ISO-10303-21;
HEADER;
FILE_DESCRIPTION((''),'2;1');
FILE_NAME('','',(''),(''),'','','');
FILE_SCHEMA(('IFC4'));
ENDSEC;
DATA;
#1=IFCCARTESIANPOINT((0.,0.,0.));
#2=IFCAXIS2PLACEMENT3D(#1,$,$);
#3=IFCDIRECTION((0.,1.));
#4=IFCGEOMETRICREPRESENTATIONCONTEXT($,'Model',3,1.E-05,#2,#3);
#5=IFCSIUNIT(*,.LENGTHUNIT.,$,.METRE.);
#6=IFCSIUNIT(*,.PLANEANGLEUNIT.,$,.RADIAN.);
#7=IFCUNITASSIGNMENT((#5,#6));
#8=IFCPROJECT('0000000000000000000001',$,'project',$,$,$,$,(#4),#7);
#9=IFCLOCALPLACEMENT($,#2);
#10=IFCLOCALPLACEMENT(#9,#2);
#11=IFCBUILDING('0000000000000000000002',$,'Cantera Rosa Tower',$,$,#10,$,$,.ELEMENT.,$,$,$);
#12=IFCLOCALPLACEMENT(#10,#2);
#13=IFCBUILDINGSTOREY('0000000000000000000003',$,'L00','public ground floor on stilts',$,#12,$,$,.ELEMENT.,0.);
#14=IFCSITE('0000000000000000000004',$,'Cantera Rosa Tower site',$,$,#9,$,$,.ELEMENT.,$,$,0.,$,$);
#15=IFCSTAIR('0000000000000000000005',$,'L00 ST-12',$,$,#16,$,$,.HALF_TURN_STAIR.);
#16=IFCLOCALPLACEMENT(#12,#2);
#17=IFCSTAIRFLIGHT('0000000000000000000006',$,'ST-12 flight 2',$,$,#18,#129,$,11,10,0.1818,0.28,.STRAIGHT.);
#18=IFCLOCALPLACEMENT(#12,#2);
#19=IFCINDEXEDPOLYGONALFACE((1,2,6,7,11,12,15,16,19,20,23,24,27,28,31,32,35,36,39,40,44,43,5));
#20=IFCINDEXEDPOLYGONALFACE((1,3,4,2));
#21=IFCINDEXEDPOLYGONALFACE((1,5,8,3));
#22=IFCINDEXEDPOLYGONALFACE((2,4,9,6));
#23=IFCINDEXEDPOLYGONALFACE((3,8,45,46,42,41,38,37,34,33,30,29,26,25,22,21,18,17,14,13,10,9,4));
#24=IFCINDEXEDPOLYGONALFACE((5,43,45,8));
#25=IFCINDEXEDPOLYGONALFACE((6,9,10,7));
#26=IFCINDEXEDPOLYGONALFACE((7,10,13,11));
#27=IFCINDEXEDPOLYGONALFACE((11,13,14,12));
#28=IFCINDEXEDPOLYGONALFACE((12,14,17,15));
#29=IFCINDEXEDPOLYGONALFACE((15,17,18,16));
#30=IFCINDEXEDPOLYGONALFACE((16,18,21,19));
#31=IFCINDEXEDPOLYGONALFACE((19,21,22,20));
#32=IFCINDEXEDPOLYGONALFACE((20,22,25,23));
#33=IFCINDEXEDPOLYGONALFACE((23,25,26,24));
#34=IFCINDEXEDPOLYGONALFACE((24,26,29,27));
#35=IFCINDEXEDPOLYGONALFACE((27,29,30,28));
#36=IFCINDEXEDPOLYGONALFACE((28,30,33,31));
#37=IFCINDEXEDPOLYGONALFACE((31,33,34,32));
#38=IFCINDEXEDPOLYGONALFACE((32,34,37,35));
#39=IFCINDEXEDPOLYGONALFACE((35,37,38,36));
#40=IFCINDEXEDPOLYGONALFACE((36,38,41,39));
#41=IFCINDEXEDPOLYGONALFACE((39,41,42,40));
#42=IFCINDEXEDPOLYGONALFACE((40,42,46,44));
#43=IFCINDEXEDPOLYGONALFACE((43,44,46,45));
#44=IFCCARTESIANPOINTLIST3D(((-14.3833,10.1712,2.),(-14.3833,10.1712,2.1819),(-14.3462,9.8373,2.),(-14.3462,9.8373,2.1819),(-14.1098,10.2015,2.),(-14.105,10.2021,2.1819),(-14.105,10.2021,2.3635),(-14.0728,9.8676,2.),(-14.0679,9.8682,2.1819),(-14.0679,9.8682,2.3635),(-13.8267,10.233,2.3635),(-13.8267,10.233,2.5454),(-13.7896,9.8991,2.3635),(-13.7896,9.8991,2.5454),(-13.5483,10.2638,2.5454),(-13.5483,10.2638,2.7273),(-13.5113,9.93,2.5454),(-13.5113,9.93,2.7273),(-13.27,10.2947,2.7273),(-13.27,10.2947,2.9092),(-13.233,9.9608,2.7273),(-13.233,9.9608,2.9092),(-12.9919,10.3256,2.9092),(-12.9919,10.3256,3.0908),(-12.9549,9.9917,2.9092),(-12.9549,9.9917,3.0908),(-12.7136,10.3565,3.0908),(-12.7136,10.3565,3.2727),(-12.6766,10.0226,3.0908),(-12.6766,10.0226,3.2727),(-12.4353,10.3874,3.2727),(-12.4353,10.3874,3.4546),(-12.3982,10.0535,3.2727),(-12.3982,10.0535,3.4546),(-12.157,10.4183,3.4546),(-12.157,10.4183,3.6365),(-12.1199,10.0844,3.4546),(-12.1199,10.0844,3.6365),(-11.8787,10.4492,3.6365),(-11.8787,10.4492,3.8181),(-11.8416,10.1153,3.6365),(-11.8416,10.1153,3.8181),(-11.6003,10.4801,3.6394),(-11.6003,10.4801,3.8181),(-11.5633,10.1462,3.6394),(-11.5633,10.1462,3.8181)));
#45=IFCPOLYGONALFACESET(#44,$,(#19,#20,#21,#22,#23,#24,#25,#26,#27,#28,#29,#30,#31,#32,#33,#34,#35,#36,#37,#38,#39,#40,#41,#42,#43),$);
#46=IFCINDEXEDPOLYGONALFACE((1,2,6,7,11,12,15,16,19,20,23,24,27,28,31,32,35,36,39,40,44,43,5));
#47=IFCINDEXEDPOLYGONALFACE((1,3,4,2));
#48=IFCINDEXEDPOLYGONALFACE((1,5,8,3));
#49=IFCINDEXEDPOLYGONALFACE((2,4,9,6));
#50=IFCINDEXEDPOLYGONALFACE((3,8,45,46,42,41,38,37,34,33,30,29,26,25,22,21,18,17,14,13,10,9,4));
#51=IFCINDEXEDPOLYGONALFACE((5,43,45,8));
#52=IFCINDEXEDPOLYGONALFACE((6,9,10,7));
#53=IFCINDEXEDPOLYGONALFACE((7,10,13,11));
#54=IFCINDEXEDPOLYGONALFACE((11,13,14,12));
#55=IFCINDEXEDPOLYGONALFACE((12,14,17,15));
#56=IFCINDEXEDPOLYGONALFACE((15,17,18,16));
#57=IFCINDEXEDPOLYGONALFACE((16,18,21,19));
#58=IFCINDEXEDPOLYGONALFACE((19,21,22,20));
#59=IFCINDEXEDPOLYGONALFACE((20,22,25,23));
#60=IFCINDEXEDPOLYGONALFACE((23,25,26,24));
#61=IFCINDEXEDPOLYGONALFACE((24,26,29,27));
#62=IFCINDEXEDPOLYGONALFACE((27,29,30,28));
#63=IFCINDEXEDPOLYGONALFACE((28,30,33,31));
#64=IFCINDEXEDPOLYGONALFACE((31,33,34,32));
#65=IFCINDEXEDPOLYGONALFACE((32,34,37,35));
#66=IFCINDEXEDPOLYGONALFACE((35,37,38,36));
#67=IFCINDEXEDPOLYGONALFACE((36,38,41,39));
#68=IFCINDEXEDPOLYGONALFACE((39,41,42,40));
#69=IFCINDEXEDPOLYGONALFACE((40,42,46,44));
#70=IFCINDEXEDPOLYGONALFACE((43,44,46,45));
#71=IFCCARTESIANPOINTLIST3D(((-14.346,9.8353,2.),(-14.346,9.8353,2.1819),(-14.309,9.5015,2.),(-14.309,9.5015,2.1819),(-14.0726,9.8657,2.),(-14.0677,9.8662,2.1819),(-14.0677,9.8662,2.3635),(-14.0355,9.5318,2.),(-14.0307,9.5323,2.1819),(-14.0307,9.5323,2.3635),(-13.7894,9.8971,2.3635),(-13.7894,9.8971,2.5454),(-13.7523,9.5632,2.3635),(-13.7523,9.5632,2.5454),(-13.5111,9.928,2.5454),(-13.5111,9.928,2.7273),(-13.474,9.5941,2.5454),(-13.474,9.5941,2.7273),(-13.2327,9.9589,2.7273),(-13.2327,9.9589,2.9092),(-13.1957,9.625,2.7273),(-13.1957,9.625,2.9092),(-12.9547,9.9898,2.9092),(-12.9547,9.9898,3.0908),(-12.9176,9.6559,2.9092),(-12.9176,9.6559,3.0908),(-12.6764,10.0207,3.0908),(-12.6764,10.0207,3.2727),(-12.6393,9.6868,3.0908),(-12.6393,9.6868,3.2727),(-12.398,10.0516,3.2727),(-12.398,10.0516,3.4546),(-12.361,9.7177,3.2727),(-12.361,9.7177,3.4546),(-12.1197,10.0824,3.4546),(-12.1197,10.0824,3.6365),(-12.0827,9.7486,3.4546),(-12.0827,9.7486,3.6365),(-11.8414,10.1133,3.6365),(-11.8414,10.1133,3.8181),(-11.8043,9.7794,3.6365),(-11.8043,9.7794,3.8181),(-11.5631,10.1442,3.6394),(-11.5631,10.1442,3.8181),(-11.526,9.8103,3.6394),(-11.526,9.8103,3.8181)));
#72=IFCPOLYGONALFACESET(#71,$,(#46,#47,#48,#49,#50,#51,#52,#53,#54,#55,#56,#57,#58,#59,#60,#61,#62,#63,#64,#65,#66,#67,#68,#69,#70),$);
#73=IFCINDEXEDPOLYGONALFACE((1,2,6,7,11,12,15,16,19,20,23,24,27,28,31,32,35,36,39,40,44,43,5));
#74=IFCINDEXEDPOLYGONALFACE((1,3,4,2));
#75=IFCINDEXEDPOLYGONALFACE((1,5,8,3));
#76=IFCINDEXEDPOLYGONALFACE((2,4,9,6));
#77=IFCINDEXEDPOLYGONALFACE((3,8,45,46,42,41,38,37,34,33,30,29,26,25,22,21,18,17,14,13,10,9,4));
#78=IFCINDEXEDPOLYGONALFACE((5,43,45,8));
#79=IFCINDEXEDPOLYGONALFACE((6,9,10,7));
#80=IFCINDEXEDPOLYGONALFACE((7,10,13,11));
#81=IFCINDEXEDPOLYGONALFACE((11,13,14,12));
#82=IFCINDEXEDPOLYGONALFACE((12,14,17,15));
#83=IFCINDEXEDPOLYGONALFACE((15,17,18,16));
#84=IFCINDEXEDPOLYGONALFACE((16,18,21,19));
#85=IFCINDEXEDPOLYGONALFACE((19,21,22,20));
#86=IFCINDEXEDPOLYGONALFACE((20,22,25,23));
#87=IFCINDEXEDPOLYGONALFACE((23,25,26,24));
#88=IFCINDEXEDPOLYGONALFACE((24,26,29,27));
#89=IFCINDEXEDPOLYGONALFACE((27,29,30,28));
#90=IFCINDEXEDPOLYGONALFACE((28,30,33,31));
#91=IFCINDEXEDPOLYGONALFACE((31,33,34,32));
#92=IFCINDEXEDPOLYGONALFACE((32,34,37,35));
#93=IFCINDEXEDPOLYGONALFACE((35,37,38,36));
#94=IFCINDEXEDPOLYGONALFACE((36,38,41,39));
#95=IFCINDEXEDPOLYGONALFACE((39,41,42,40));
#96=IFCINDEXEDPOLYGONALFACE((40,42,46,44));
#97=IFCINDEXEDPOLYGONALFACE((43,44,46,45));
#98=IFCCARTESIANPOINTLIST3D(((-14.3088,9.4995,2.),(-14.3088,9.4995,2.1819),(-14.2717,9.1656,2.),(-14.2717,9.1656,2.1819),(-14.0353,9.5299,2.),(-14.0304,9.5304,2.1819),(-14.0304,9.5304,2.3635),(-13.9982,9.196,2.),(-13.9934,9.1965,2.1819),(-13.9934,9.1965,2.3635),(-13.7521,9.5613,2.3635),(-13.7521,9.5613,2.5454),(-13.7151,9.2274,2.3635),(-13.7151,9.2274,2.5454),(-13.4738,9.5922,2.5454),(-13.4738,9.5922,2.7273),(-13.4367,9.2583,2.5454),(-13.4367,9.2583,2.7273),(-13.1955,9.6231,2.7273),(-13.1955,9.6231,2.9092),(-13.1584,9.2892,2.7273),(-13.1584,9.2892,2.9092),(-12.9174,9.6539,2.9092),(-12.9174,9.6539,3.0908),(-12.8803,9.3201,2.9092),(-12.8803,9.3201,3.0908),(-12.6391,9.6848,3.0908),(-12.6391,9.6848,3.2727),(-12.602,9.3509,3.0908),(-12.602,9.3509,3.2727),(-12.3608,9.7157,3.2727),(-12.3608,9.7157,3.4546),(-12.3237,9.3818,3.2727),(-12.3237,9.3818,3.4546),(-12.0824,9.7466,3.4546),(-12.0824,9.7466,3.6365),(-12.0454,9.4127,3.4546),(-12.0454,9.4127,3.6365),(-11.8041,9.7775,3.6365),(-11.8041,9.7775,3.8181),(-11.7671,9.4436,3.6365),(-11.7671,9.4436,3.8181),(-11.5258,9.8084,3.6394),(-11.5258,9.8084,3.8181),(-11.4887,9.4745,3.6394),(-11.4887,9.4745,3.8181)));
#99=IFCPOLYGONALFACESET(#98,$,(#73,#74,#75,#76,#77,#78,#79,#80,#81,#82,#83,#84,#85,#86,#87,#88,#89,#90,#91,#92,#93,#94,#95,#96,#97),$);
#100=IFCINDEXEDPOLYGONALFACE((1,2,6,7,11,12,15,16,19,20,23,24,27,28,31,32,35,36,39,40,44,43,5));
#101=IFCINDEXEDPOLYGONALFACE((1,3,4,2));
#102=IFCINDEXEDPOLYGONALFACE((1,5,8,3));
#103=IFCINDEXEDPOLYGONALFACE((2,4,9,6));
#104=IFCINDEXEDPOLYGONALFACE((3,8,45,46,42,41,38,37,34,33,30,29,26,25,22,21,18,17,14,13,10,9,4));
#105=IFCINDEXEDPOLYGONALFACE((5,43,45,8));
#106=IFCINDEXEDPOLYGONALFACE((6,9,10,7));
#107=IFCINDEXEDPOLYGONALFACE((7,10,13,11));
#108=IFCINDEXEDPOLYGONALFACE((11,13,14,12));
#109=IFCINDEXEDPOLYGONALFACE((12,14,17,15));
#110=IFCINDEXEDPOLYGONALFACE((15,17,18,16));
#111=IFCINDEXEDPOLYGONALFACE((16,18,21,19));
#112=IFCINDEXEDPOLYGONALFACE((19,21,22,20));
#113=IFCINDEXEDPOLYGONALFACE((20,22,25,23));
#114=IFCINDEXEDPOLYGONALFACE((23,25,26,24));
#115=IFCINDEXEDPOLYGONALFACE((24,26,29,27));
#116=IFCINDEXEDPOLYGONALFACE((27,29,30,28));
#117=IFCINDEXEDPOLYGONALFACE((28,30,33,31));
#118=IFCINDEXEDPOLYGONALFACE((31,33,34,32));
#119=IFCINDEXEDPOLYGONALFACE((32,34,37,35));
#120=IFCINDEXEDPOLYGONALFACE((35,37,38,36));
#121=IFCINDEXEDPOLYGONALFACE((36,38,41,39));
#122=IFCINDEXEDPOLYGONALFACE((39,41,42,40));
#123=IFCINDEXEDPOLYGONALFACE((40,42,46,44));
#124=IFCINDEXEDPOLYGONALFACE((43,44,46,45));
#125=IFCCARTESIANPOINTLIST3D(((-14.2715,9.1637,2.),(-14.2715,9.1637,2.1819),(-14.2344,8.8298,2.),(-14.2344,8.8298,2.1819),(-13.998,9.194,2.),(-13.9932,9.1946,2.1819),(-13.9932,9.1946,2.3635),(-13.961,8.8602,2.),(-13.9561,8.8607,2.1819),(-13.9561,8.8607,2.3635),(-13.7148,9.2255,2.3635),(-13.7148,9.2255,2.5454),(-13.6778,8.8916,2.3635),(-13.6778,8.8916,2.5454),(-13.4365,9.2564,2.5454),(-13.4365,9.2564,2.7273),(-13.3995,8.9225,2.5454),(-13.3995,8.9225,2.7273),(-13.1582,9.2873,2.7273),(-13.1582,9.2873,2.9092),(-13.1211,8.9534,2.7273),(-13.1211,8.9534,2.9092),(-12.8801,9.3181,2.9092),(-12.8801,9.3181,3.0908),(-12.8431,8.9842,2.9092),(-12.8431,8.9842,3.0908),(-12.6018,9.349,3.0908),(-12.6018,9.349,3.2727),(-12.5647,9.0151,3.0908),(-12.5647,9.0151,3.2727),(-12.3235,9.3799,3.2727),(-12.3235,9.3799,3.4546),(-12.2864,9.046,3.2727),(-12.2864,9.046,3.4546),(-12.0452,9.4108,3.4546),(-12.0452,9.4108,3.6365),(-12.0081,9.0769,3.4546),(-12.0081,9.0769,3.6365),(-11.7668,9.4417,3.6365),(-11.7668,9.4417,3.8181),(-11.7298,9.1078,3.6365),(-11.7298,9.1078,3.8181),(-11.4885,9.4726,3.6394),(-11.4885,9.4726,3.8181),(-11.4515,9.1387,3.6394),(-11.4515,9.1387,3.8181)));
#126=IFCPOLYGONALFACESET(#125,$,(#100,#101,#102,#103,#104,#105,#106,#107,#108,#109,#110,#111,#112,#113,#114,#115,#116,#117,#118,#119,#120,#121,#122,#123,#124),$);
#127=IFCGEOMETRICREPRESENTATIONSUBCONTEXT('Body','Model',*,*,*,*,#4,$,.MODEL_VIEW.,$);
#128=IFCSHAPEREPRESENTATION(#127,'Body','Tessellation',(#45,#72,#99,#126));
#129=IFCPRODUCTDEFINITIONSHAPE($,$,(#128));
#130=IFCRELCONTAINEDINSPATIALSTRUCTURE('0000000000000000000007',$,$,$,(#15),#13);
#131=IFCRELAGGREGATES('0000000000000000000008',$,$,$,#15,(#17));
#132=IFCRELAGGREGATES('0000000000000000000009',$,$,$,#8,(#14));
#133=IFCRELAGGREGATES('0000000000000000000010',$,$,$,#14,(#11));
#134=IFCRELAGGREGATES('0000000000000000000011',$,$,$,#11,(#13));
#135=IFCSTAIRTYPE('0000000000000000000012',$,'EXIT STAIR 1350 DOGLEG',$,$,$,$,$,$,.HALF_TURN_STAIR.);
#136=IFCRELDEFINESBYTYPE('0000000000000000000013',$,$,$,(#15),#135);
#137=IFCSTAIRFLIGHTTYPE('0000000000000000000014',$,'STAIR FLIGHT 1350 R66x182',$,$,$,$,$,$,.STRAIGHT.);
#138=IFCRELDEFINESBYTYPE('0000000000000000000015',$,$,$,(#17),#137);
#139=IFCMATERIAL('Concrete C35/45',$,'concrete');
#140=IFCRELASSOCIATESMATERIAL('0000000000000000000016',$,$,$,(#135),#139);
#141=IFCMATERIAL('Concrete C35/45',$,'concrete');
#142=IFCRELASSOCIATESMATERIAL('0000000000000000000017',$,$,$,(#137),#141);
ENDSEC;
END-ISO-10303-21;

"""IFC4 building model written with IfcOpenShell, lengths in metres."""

from ifc_helpers import new_model, si_unit, direction, frame, origin, place, context, subcontext, project, spatial, polyline, outline, extrude, material, type_object, element, aggregate, save


model = new_model("IFC4")

# Units and contexts
model_context = context("Model", 3, precision=1e-05, world=origin(), true_north=direction((0.0, 1.0)))
body_context = subcontext(model_context, "Body", "Model", "MODEL_VIEW")
ifc_project = project(units=[si_unit("LENGTHUNIT", "METRE"), si_unit("PLANEANGLEUNIT", "RADIAN")], contexts=[model_context])

# Site, building, storey
site_placement = place(None, origin())
site = spatial("IfcSite", under=ifc_project, at=site_placement, Name="Cantera Rosa Tower site", CompositionType="ELEMENT", RefElevation=0.0)
building_placement = place(site_placement, origin())
building = spatial("IfcBuilding", under=site, at=building_placement, Name="Cantera Rosa Tower", CompositionType="ELEMENT")
storey_placement = place(building_placement, origin())
storey = spatial("IfcBuildingStorey", under=building, at=storey_placement, Name="L00", Description="public ground floor on stilts", CompositionType="ELEMENT", Elevation=0.0)

# Stair, stair flight
ifc_material_1 = material(Name="Concrete C35/45", Category="concrete")
stair_type = type_object("IfcStairType", Name="EXIT STAIR 1350 DOGLEG", PredefinedType="HALF_TURN_STAIR", material=ifc_material_1)
stair_placement = place(storey_placement, origin())
stair = element("IfcStair", 1, at=stair_placement, inside=storey, type_object=stair_type, Name="L00 ST-12", PredefinedType="HALF_TURN_STAIR")
ifc_material_2 = material(Name="Concrete C35/45", Category="concrete")
stair_flight_type = type_object("IfcStairFlightType", Name="STAIR FLIGHT 1350 R66x182", PredefinedType="STRAIGHT", material=ifc_material_2)
stair_flight_1_placement = place(storey_placement, frame((-14.3088, 9.5002, 2.0), z_axis=(0.0, 0.0, 1.0), x_axis=(0.993897, 0.110313, 0.0)))
stair_flight_1 = element("IfcStairFlight", 2, at=stair_flight_1_placement, type_object=stair_flight_type, Name="ST-12 flight 2", NumberOfRisers=11, NumberOfTreads=10, PredefinedType="STRAIGHT", RiserHeight=0.1818, TreadLength=0.28, context=body_context, shape_type="SweptSolid", body=[
    extrude(outline(polyline([(0.0, 0.0), (0.0, 0.1819), (0.28, 0.1819), (0.28, 0.3635), (0.5601, 0.3635), (0.5601, 0.5454), (0.8401, 0.5454), (0.8401, 0.7273), (1.1201, 0.7273), (1.1201, 0.9092), (1.3999, 0.9092), (1.3999, 1.0908), (1.6799, 1.0908), (1.6799, 1.2727), (1.96, 1.2727), (1.96, 1.4546), (2.24, 1.4546), (2.24, 1.6365), (2.52, 1.6365), (2.52, 1.8181), (2.8, 1.8181), (2.8, 2.0), (2.8, 1.6394), (0.2751, 0.0), (0.0, 0.0)])), frame((0.0, 0.675, 0.0), z_axis=(0.0, -1.0, 0.0), x_axis=(1.0, 0.0, 0.0)), (0.0, 0.0, 1.0), 0.3359),
    extrude(outline(polyline([(0.0, 0.0), (0.0, 0.1819), (0.28, 0.1819), (0.28, 0.3635), (0.5601, 0.3635), (0.5601, 0.5454), (0.8401, 0.5454), (0.8401, 0.7273), (1.1201, 0.7273), (1.1201, 0.9092), (1.3999, 0.9092), (1.3999, 1.0908), (1.6799, 1.0908), (1.6799, 1.2727), (1.96, 1.2727), (1.96, 1.4546), (2.24, 1.4546), (2.24, 1.6365), (2.52, 1.6365), (2.52, 1.8181), (2.8, 1.8181), (2.8, 2.0), (2.8, 1.6394), (0.2751, 0.0), (0.0, 0.0)])), frame((0.0, 0.3372, 0.0), z_axis=(0.0, -1.0, 0.0), x_axis=(1.0, 0.0, 0.0)), (0.0, 0.0, 1.0), 0.3359),
    extrude(outline(polyline([(0.0, 0.0), (0.0, 0.1819), (0.28, 0.1819), (0.28, 0.3635), (0.5601, 0.3635), (0.5601, 0.5454), (0.8401, 0.5454), (0.8401, 0.7273), (1.1201, 0.7273), (1.1201, 0.9092), (1.3999, 0.9092), (1.3999, 1.0908), (1.6799, 1.0908), (1.6799, 1.2727), (1.96, 1.2727), (1.96, 1.4546), (2.24, 1.4546), (2.24, 1.6365), (2.52, 1.6365), (2.52, 1.8181), (2.8, 1.8181), (2.8, 2.0), (2.8, 1.6394), (0.2751, 0.0), (0.0, 0.0)])), frame((0.0, -0.0007, 0.0), z_axis=(0.0, -1.0, 0.0), x_axis=(1.0, 0.0, 0.0)), (0.0, 0.0, 1.0), 0.3359),
    extrude(outline(polyline([(0.0, 0.0), (0.0, 0.1819), (0.28, 0.1819), (0.28, 0.3635), (0.5601, 0.3635), (0.5601, 0.5454), (0.8401, 0.5454), (0.8401, 0.7273), (1.1201, 0.7273), (1.1201, 0.9092), (1.3999, 0.9092), (1.3999, 1.0908), (1.6799, 1.0908), (1.6799, 1.2727), (1.96, 1.2727), (1.96, 1.4546), (2.24, 1.4546), (2.24, 1.6365), (2.52, 1.6365), (2.52, 1.8181), (2.8, 1.8181), (2.8, 2.0), (2.8, 1.6394), (0.2751, 0.0), (0.0, 0.0)])), frame((0.0, -0.3386, 0.0), z_axis=(0.0, -1.0, 0.0), x_axis=(1.0, 0.0, 0.0)), (0.0, 0.0, 1.0), 0.3359),
])
aggregate(stair, [stair_flight_1])

save(model, "model.ifc")
